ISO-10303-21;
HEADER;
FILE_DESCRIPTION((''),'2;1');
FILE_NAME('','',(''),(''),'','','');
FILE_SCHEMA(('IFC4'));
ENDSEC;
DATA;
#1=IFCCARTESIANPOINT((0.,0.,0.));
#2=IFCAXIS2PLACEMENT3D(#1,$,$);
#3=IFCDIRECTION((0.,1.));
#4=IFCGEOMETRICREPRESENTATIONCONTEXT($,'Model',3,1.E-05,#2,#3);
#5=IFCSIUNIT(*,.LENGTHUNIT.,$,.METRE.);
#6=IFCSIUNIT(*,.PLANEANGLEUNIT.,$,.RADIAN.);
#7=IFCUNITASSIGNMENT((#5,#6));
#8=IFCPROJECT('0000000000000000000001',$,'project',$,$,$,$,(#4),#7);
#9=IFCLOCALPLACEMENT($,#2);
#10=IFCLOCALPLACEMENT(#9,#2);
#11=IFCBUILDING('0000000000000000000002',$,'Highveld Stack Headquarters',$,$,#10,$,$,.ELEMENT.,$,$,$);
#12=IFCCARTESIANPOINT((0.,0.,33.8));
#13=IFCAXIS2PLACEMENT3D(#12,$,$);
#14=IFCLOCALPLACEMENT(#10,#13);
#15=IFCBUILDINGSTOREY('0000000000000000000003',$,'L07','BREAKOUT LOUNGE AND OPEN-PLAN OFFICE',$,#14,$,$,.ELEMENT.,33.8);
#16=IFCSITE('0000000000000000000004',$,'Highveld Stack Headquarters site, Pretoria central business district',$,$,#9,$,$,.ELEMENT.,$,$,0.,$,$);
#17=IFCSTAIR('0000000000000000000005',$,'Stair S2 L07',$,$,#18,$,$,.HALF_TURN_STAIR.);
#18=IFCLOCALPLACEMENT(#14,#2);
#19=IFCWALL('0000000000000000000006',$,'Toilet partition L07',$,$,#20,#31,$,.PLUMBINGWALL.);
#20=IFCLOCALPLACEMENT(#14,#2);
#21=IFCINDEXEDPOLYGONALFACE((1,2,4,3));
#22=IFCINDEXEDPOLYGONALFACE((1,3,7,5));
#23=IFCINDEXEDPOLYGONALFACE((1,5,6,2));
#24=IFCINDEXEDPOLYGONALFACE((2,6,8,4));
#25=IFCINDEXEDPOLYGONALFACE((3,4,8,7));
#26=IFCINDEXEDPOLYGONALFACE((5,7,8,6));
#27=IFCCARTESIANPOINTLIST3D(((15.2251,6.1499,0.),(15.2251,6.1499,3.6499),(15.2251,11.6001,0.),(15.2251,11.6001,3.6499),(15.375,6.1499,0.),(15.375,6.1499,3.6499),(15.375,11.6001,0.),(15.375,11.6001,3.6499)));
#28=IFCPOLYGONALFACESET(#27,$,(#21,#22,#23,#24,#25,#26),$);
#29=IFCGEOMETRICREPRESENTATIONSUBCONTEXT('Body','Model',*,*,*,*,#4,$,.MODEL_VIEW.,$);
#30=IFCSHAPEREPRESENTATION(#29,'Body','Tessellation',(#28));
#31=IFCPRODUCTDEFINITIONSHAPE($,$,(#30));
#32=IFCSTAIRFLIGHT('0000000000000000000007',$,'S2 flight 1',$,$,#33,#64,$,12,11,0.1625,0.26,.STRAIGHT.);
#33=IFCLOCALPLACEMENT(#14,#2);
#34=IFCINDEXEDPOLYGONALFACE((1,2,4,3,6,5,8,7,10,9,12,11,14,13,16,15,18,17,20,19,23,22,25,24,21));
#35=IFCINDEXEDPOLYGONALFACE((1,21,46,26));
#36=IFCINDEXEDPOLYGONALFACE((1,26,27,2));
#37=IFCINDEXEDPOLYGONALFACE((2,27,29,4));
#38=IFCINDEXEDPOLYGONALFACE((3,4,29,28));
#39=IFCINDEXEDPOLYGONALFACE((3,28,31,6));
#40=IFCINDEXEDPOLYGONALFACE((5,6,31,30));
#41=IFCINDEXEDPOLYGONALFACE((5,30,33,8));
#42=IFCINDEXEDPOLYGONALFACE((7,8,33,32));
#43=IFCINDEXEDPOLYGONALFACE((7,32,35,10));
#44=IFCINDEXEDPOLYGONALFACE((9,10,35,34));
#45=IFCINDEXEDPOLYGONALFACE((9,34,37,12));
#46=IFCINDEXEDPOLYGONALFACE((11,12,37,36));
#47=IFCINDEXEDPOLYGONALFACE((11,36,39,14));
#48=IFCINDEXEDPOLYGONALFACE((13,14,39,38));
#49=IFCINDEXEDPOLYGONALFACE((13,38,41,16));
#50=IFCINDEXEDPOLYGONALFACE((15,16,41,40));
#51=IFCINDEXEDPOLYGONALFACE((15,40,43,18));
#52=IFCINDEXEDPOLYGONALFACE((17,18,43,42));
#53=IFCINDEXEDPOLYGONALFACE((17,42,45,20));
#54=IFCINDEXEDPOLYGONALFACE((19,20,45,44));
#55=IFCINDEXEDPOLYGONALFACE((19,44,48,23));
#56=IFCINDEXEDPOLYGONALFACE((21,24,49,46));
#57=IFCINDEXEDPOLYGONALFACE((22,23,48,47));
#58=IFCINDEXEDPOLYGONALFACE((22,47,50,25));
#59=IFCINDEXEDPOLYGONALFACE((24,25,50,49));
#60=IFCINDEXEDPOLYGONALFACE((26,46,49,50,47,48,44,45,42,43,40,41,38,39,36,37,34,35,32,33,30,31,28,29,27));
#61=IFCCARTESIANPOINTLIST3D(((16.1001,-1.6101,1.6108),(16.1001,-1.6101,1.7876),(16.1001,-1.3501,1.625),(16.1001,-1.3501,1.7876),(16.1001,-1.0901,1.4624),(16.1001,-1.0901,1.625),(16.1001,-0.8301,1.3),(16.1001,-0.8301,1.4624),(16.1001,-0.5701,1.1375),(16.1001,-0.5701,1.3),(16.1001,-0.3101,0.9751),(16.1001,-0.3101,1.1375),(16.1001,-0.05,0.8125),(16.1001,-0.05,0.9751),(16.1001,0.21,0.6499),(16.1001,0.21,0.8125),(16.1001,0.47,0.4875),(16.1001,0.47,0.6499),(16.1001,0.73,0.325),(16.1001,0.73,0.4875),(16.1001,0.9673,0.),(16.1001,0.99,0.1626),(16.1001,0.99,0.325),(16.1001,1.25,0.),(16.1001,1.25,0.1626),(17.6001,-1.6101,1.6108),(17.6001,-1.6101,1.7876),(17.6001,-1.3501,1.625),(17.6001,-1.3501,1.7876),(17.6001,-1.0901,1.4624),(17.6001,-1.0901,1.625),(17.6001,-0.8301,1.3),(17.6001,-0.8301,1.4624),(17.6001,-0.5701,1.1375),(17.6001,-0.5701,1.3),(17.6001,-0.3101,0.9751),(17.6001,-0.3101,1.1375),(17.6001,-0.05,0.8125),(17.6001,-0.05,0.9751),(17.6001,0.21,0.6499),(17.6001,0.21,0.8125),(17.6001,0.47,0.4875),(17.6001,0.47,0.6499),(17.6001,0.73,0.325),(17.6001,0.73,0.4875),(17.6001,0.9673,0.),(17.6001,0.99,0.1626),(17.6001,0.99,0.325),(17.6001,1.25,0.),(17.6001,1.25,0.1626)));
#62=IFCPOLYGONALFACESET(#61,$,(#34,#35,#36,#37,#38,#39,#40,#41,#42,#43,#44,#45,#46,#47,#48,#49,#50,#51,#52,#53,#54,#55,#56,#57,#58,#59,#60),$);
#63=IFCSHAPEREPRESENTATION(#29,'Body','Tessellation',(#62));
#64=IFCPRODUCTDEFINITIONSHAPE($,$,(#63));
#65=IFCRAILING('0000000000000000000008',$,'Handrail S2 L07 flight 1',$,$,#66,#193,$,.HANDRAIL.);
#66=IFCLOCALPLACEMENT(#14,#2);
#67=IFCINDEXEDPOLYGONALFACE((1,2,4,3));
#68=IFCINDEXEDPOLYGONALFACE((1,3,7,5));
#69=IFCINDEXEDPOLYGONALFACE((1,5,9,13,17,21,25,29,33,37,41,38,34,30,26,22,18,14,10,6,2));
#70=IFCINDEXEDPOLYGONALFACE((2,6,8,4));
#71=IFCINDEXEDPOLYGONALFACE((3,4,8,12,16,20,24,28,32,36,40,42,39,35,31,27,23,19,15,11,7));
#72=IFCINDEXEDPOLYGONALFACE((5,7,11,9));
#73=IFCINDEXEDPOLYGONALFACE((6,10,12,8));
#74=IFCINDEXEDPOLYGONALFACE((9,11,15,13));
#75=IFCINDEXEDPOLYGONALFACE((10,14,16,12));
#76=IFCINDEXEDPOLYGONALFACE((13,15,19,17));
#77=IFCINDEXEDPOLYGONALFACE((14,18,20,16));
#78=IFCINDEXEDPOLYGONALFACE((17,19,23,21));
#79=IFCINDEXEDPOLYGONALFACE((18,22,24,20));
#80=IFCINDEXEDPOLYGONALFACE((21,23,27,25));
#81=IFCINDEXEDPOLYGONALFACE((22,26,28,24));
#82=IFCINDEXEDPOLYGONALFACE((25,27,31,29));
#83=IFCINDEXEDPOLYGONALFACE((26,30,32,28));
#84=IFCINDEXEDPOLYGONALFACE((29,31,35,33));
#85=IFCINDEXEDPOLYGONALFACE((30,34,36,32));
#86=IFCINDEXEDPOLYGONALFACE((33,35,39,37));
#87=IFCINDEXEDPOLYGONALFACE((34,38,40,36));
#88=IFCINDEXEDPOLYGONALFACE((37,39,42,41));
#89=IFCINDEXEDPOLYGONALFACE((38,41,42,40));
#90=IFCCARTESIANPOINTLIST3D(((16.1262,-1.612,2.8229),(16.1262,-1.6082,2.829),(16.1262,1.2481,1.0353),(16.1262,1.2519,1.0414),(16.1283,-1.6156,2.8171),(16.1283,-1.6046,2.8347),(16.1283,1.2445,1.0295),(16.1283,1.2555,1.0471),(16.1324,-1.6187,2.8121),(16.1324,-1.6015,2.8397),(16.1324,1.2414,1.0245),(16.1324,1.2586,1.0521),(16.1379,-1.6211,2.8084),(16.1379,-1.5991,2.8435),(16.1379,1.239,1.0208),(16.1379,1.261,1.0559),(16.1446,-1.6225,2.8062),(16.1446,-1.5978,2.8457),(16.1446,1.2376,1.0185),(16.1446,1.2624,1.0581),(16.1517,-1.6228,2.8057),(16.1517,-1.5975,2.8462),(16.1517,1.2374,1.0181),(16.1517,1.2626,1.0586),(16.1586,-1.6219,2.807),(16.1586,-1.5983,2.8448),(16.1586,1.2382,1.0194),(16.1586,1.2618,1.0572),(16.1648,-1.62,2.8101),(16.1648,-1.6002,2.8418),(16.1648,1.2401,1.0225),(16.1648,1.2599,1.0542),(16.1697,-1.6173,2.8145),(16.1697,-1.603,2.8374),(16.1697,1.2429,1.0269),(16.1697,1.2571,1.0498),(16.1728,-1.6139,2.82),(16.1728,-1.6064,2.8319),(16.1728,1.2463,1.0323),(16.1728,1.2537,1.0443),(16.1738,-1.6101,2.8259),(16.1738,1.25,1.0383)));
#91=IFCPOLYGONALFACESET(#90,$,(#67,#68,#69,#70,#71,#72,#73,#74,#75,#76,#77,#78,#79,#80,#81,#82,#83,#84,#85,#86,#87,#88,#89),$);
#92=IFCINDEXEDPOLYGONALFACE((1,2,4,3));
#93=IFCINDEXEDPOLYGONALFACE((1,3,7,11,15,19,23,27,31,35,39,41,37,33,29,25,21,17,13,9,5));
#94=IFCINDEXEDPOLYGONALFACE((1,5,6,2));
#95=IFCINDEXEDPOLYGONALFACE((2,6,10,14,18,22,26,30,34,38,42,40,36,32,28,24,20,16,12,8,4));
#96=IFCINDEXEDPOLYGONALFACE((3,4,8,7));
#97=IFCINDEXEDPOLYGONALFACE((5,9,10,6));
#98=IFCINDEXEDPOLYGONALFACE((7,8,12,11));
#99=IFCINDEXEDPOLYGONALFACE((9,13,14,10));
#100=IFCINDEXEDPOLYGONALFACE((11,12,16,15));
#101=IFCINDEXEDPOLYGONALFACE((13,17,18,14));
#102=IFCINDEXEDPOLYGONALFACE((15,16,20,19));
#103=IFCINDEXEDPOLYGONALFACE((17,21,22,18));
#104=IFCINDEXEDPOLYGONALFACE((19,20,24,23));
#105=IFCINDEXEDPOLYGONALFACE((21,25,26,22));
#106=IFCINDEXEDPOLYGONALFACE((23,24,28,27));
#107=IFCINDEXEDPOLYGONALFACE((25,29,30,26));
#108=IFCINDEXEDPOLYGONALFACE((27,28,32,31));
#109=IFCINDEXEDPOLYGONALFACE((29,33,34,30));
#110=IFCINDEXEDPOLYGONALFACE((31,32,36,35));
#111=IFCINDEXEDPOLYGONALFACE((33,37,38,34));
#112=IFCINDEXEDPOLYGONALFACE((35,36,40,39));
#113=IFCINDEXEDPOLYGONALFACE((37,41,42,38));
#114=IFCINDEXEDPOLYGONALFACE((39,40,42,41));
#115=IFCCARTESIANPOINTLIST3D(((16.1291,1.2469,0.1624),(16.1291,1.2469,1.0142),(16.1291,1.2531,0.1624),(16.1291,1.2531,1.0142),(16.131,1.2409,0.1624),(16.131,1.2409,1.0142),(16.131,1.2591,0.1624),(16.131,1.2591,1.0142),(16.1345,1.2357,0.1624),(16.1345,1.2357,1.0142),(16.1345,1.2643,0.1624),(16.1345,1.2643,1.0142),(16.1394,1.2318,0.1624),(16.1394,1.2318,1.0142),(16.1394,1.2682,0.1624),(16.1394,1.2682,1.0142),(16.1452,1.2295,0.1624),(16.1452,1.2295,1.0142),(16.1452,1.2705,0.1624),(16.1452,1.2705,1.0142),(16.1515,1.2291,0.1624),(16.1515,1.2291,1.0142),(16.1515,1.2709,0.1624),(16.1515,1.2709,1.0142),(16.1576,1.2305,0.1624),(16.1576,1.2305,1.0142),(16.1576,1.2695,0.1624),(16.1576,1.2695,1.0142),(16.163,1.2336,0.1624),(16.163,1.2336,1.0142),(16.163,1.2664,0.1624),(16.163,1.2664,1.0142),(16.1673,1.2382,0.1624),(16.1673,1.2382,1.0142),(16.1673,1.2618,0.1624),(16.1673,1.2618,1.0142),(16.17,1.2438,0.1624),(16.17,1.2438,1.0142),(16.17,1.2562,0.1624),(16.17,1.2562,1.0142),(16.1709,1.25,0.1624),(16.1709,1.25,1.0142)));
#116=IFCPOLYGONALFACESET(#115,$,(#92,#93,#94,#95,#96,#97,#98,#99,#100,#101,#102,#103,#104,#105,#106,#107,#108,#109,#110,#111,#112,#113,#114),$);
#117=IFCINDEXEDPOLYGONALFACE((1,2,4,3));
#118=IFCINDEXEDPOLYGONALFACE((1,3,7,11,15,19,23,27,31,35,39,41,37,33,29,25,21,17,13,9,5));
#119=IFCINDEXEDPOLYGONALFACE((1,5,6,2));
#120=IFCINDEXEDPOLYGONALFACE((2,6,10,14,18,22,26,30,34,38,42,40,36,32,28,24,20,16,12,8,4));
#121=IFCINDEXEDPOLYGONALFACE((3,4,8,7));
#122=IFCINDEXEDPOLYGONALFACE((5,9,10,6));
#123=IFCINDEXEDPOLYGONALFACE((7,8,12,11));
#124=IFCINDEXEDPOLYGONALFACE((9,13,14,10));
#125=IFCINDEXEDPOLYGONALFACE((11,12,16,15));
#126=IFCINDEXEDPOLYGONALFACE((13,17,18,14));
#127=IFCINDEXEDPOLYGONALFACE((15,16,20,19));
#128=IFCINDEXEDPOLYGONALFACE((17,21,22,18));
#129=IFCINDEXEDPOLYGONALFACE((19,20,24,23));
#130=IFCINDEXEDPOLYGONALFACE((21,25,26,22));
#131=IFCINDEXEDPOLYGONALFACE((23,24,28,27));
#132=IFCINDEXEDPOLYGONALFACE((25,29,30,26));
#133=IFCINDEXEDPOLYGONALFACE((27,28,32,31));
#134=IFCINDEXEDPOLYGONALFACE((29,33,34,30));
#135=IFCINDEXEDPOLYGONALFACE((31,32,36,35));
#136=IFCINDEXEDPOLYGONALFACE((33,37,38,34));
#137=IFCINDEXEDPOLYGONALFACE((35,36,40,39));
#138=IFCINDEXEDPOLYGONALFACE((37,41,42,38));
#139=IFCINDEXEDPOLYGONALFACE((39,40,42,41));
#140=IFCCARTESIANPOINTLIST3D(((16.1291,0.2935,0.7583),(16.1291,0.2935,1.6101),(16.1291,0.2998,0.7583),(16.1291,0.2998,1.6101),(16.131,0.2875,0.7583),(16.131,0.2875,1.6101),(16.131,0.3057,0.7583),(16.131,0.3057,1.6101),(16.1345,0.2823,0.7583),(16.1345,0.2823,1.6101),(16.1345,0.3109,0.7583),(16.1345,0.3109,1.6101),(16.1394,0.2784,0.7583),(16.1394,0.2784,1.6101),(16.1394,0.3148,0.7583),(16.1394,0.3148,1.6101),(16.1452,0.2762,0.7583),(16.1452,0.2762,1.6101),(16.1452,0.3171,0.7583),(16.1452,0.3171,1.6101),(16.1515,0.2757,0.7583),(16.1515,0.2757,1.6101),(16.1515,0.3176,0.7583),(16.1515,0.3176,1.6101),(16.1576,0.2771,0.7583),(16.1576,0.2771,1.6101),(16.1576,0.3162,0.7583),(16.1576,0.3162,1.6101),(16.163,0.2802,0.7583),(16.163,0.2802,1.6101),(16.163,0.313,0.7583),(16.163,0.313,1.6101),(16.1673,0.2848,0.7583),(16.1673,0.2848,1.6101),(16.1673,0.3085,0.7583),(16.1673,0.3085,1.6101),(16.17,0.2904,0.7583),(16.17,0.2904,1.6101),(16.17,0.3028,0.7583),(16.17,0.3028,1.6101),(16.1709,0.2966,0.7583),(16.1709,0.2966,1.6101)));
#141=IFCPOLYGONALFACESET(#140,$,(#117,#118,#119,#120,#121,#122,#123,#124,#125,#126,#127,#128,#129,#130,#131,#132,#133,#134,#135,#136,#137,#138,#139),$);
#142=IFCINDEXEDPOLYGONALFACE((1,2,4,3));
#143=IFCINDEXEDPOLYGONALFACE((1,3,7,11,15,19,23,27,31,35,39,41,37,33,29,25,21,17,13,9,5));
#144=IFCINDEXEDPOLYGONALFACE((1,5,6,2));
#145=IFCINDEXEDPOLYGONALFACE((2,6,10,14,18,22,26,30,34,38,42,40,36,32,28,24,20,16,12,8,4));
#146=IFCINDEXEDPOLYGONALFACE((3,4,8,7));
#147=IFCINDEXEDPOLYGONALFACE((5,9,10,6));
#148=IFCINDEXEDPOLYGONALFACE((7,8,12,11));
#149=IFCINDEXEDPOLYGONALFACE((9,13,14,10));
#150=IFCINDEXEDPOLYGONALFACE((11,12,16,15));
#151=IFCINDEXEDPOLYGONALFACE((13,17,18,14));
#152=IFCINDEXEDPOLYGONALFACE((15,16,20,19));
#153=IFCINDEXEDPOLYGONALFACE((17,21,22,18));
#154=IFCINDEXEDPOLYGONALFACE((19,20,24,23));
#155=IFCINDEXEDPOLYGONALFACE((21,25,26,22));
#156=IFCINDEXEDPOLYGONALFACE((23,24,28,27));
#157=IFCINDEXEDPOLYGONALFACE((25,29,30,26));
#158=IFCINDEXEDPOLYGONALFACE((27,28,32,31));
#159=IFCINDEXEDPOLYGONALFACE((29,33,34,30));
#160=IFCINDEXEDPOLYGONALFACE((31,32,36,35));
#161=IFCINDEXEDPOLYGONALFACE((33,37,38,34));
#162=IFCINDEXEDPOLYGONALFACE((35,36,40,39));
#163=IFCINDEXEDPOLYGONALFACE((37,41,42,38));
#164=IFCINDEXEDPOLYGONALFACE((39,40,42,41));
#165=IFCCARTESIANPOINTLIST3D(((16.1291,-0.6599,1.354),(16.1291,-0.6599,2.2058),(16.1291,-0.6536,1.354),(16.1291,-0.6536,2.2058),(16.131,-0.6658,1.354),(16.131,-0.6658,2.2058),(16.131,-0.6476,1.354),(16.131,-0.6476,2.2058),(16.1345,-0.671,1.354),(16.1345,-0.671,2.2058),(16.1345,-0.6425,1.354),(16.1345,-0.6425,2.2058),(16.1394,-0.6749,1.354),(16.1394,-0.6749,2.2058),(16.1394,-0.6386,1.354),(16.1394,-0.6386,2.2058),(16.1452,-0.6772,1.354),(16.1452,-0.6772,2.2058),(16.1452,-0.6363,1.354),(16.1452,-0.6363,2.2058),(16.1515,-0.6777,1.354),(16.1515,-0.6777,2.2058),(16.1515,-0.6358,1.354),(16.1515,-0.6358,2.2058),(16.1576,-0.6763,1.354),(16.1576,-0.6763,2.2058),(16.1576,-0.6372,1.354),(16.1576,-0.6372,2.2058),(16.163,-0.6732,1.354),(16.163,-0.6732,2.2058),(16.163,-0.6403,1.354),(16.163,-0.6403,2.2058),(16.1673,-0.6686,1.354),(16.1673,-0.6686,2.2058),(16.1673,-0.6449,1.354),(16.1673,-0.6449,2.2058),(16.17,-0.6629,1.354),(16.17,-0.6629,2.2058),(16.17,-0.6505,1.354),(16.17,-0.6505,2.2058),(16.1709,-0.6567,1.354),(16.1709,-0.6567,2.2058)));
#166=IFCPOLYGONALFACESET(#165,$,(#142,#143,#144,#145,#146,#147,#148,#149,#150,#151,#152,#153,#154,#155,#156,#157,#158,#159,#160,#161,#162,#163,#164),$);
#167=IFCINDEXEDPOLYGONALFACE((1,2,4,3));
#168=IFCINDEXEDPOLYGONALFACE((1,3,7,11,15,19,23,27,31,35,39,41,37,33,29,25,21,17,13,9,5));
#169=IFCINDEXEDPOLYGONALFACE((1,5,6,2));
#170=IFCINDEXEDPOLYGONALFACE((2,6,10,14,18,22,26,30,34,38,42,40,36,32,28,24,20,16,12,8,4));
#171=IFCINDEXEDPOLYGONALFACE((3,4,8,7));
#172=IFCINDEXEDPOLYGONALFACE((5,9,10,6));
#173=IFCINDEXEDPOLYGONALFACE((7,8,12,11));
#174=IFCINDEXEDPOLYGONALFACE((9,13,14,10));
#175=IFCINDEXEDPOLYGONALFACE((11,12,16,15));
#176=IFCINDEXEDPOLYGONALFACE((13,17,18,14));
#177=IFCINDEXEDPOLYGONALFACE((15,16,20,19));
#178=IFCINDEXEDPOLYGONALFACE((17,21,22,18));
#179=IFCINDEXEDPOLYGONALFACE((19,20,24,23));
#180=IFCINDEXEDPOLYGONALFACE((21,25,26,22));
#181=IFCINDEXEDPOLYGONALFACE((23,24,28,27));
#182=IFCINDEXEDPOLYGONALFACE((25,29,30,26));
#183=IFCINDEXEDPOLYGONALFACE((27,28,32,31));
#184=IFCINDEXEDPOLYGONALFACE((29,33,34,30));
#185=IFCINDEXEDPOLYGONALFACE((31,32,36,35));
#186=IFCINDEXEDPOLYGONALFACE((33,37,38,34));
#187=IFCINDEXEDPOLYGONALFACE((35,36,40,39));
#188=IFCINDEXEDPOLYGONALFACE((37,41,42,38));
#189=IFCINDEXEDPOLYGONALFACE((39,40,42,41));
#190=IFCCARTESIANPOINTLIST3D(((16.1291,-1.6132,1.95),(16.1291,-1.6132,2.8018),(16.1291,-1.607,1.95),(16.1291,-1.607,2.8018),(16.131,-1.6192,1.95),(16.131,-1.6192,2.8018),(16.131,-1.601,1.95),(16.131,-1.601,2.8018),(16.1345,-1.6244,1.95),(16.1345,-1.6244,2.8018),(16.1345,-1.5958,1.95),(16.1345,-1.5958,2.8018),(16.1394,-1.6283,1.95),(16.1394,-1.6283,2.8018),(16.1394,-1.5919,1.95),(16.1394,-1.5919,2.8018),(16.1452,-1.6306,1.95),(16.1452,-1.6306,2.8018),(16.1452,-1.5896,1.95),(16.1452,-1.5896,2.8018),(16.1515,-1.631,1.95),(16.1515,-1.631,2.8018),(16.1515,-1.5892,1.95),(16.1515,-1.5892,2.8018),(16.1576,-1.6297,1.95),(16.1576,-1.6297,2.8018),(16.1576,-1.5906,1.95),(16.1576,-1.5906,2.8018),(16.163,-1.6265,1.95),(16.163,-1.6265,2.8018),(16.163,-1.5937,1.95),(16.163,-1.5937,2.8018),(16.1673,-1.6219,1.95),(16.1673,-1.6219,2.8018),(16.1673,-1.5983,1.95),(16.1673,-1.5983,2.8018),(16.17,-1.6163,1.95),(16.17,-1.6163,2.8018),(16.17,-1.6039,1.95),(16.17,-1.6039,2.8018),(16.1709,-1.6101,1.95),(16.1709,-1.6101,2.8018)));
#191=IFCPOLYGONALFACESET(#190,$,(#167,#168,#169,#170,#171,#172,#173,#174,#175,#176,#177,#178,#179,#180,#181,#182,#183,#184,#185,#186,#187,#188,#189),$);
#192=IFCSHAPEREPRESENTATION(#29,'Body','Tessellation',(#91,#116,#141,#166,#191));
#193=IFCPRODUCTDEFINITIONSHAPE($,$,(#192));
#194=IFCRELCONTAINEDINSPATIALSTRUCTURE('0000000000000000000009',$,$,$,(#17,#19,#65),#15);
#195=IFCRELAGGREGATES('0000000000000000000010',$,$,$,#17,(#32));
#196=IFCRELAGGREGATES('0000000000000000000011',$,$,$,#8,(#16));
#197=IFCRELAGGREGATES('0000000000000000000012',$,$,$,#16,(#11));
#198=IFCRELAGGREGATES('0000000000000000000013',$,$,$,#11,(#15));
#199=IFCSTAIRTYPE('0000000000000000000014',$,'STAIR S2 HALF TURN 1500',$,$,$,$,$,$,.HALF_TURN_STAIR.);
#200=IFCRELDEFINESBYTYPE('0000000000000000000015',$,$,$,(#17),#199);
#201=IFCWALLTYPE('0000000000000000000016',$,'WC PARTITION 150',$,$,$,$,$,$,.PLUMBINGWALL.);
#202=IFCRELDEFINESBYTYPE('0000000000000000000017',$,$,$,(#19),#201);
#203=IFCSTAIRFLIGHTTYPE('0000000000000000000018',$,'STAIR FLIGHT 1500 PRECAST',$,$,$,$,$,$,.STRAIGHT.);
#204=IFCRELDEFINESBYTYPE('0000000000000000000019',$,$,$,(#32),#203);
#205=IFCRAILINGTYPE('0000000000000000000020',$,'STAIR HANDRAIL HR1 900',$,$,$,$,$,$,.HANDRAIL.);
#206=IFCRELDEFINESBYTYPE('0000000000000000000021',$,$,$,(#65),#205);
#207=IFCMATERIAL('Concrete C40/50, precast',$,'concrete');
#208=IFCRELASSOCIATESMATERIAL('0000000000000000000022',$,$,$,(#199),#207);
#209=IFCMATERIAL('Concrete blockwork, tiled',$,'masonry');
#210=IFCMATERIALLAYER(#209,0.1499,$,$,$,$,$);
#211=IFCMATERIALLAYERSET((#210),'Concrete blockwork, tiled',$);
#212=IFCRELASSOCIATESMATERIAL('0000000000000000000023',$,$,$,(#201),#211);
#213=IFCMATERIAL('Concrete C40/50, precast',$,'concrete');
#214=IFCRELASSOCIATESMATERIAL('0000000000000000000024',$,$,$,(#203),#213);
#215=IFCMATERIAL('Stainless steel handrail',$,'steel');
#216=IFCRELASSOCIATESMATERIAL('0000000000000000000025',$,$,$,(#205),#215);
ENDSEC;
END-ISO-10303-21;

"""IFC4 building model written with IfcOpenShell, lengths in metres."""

from ifc_helpers import new_model, si_unit, direction, frame, frame_2d, origin, origin_2d, place, context, subcontext, project, spatial, polyline, rectangle, circle, outline, extrude, material, layer, layer_set, type_object, element, aggregate, save


model = new_model("IFC4")

# Units and contexts
model_context = context("Model", 3, precision=1e-05, world=origin(), true_north=direction((0.0, 1.0)))
body_context = subcontext(model_context, "Body", "Model", "MODEL_VIEW")
ifc_project = project(units=[si_unit("LENGTHUNIT", "METRE"), si_unit("PLANEANGLEUNIT", "RADIAN")], contexts=[model_context])

# Site, building, storey
site_placement = place(None, origin())
site = spatial("IfcSite", under=ifc_project, at=site_placement, Name="Highveld Stack Headquarters site, Pretoria central business district", CompositionType="ELEMENT", RefElevation=0.0)
building_placement = place(site_placement, origin())
building = spatial("IfcBuilding", under=site, at=building_placement, Name="Highveld Stack Headquarters", CompositionType="ELEMENT")
storey_placement = place(building_placement, frame((0.0, 0.0, 33.8)))
storey = spatial("IfcBuildingStorey", under=building, at=storey_placement, Name="L07", Description="BREAKOUT LOUNGE AND OPEN-PLAN OFFICE", CompositionType="ELEMENT", Elevation=33.8)

# Stair
ifc_material_1 = material(Name="Concrete C40/50, precast", Category="concrete")
stair_type = type_object("IfcStairType", Name="STAIR S2 HALF TURN 1500", PredefinedType="HALF_TURN_STAIR", material=ifc_material_1)
stair_placement = place(storey_placement, origin())
stair = element("IfcStair", 1, at=stair_placement, inside=storey, type_object=stair_type, Name="Stair S2 L07", PredefinedType="HALF_TURN_STAIR")

# Wall
ifc_material_2 = material(Name="Concrete blockwork, tiled", Category="masonry")
ifc_layer_1 = layer(ifc_material_2, 0.1499)
ifc_layer_set_1 = layer_set([ifc_layer_1], Name="Concrete blockwork, tiled")
wall_type_1 = type_object("IfcWallType", Name="WC PARTITION 150", PredefinedType="PLUMBINGWALL", material=ifc_layer_set_1)
wall_1_placement = place(storey_placement, frame((15.3, 6.1499, 0.0), z_axis=(0.0, 0.0, 1.0), x_axis=(0.0, 1.0, 0.0)))
element("IfcWall", 2, at=wall_1_placement, inside=storey, type_object=wall_type_1, Name="Toilet partition L07", PredefinedType="PLUMBINGWALL", context=body_context, shape_type="SweptSolid", body=[
    extrude(rectangle(XDim=5.4502, YDim=0.1499, at=frame_2d((2.7251, 0.0))), origin(), (0.0, 0.0, 1.0), 3.6499),
])

# Stair flight
ifc_material_3 = material(Name="Concrete C40/50, precast", Category="concrete")
stair_flight_type = type_object("IfcStairFlightType", Name="STAIR FLIGHT 1500 PRECAST", PredefinedType="STRAIGHT", material=ifc_material_3)
stair_flight_placement = place(storey_placement, frame((16.8501, 1.25, 0.0), z_axis=(0.0, 0.0, 1.0), x_axis=(0.0, -1.0, 0.0)))
stair_flight = element("IfcStairFlight", 3, at=stair_flight_placement, type_object=stair_flight_type, Name="S2 flight 1", NumberOfRisers=12, NumberOfTreads=11, PredefinedType="STRAIGHT", RiserHeight=0.1625, TreadLength=0.26, context=body_context, shape_type="SweptSolid", body=[
    extrude(outline(polyline([(0.0, 0.0), (0.0, 0.1626), (0.26, 0.1626), (0.26, 0.325), (0.52, 0.325), (0.52, 0.4875), (0.78, 0.4875), (0.78, 0.6499), (1.04, 0.6499), (1.04, 0.8125), (1.3, 0.8125), (1.3, 0.9751), (1.5601, 0.9751), (1.5601, 1.1375), (1.8201, 1.1375), (1.8201, 1.3), (2.0801, 1.3), (2.0801, 1.4624), (2.3401, 1.4624), (2.3401, 1.625), (2.6001, 1.625), (2.6001, 1.7876), (2.8601, 1.7876), (2.8601, 1.95), (2.8601, 1.6108), (0.2827, 0.0), (0.0, 0.0)])), frame((0.0, 0.75, 0.0), z_axis=(0.0, -1.0, 0.0), x_axis=(1.0, 0.0, 0.0)), (0.0, 0.0, 1.0), 1.5),
])
aggregate(stair, [stair_flight])

# Railing
ifc_material_4 = material(Name="Stainless steel handrail", Category="steel")
railing_type = type_object("IfcRailingType", Name="STAIR HANDRAIL HR1 900", PredefinedType="HANDRAIL", material=ifc_material_4)
for number, where, name in (
    (4, (16.1499, 1.25, 0.1624), "Handrail S2 L07 flight 1"),
):
    element("IfcRailing", number, at=place(storey_placement, frame(where)), inside=storey, type_object=railing_type, Name=name, PredefinedType="HANDRAIL", context=body_context, shape_type="SweptSolid", body=[
        extrude(circle(Radius=0.0239, at=origin_2d()), frame((0.0, 0.0, 0.876), z_axis=(0.0, -0.847994, 0.530005), x_axis=(1.0, 0.0, 0.0)), (0.0, 0.0, 1.0), 3.3728),
        extrude(circle(Radius=0.021, at=origin_2d()), origin(), (0.0, 0.0, 1.0), 0.8518),
        extrude(circle(Radius=0.021, at=origin_2d()), frame((0.0, -0.9534, 0.5959)), (0.0, 0.0, 1.0), 0.8518),
        extrude(circle(Radius=0.021, at=origin_2d()), frame((0.0, -1.9067, 1.1917)), (0.0, 0.0, 1.0), 0.8518),
        extrude(circle(Radius=0.021, at=origin_2d()), frame((0.0, -2.8601, 1.7876)), (0.0, 0.0, 1.0), 0.8518),
    ])

save(model, "model.ifc")
